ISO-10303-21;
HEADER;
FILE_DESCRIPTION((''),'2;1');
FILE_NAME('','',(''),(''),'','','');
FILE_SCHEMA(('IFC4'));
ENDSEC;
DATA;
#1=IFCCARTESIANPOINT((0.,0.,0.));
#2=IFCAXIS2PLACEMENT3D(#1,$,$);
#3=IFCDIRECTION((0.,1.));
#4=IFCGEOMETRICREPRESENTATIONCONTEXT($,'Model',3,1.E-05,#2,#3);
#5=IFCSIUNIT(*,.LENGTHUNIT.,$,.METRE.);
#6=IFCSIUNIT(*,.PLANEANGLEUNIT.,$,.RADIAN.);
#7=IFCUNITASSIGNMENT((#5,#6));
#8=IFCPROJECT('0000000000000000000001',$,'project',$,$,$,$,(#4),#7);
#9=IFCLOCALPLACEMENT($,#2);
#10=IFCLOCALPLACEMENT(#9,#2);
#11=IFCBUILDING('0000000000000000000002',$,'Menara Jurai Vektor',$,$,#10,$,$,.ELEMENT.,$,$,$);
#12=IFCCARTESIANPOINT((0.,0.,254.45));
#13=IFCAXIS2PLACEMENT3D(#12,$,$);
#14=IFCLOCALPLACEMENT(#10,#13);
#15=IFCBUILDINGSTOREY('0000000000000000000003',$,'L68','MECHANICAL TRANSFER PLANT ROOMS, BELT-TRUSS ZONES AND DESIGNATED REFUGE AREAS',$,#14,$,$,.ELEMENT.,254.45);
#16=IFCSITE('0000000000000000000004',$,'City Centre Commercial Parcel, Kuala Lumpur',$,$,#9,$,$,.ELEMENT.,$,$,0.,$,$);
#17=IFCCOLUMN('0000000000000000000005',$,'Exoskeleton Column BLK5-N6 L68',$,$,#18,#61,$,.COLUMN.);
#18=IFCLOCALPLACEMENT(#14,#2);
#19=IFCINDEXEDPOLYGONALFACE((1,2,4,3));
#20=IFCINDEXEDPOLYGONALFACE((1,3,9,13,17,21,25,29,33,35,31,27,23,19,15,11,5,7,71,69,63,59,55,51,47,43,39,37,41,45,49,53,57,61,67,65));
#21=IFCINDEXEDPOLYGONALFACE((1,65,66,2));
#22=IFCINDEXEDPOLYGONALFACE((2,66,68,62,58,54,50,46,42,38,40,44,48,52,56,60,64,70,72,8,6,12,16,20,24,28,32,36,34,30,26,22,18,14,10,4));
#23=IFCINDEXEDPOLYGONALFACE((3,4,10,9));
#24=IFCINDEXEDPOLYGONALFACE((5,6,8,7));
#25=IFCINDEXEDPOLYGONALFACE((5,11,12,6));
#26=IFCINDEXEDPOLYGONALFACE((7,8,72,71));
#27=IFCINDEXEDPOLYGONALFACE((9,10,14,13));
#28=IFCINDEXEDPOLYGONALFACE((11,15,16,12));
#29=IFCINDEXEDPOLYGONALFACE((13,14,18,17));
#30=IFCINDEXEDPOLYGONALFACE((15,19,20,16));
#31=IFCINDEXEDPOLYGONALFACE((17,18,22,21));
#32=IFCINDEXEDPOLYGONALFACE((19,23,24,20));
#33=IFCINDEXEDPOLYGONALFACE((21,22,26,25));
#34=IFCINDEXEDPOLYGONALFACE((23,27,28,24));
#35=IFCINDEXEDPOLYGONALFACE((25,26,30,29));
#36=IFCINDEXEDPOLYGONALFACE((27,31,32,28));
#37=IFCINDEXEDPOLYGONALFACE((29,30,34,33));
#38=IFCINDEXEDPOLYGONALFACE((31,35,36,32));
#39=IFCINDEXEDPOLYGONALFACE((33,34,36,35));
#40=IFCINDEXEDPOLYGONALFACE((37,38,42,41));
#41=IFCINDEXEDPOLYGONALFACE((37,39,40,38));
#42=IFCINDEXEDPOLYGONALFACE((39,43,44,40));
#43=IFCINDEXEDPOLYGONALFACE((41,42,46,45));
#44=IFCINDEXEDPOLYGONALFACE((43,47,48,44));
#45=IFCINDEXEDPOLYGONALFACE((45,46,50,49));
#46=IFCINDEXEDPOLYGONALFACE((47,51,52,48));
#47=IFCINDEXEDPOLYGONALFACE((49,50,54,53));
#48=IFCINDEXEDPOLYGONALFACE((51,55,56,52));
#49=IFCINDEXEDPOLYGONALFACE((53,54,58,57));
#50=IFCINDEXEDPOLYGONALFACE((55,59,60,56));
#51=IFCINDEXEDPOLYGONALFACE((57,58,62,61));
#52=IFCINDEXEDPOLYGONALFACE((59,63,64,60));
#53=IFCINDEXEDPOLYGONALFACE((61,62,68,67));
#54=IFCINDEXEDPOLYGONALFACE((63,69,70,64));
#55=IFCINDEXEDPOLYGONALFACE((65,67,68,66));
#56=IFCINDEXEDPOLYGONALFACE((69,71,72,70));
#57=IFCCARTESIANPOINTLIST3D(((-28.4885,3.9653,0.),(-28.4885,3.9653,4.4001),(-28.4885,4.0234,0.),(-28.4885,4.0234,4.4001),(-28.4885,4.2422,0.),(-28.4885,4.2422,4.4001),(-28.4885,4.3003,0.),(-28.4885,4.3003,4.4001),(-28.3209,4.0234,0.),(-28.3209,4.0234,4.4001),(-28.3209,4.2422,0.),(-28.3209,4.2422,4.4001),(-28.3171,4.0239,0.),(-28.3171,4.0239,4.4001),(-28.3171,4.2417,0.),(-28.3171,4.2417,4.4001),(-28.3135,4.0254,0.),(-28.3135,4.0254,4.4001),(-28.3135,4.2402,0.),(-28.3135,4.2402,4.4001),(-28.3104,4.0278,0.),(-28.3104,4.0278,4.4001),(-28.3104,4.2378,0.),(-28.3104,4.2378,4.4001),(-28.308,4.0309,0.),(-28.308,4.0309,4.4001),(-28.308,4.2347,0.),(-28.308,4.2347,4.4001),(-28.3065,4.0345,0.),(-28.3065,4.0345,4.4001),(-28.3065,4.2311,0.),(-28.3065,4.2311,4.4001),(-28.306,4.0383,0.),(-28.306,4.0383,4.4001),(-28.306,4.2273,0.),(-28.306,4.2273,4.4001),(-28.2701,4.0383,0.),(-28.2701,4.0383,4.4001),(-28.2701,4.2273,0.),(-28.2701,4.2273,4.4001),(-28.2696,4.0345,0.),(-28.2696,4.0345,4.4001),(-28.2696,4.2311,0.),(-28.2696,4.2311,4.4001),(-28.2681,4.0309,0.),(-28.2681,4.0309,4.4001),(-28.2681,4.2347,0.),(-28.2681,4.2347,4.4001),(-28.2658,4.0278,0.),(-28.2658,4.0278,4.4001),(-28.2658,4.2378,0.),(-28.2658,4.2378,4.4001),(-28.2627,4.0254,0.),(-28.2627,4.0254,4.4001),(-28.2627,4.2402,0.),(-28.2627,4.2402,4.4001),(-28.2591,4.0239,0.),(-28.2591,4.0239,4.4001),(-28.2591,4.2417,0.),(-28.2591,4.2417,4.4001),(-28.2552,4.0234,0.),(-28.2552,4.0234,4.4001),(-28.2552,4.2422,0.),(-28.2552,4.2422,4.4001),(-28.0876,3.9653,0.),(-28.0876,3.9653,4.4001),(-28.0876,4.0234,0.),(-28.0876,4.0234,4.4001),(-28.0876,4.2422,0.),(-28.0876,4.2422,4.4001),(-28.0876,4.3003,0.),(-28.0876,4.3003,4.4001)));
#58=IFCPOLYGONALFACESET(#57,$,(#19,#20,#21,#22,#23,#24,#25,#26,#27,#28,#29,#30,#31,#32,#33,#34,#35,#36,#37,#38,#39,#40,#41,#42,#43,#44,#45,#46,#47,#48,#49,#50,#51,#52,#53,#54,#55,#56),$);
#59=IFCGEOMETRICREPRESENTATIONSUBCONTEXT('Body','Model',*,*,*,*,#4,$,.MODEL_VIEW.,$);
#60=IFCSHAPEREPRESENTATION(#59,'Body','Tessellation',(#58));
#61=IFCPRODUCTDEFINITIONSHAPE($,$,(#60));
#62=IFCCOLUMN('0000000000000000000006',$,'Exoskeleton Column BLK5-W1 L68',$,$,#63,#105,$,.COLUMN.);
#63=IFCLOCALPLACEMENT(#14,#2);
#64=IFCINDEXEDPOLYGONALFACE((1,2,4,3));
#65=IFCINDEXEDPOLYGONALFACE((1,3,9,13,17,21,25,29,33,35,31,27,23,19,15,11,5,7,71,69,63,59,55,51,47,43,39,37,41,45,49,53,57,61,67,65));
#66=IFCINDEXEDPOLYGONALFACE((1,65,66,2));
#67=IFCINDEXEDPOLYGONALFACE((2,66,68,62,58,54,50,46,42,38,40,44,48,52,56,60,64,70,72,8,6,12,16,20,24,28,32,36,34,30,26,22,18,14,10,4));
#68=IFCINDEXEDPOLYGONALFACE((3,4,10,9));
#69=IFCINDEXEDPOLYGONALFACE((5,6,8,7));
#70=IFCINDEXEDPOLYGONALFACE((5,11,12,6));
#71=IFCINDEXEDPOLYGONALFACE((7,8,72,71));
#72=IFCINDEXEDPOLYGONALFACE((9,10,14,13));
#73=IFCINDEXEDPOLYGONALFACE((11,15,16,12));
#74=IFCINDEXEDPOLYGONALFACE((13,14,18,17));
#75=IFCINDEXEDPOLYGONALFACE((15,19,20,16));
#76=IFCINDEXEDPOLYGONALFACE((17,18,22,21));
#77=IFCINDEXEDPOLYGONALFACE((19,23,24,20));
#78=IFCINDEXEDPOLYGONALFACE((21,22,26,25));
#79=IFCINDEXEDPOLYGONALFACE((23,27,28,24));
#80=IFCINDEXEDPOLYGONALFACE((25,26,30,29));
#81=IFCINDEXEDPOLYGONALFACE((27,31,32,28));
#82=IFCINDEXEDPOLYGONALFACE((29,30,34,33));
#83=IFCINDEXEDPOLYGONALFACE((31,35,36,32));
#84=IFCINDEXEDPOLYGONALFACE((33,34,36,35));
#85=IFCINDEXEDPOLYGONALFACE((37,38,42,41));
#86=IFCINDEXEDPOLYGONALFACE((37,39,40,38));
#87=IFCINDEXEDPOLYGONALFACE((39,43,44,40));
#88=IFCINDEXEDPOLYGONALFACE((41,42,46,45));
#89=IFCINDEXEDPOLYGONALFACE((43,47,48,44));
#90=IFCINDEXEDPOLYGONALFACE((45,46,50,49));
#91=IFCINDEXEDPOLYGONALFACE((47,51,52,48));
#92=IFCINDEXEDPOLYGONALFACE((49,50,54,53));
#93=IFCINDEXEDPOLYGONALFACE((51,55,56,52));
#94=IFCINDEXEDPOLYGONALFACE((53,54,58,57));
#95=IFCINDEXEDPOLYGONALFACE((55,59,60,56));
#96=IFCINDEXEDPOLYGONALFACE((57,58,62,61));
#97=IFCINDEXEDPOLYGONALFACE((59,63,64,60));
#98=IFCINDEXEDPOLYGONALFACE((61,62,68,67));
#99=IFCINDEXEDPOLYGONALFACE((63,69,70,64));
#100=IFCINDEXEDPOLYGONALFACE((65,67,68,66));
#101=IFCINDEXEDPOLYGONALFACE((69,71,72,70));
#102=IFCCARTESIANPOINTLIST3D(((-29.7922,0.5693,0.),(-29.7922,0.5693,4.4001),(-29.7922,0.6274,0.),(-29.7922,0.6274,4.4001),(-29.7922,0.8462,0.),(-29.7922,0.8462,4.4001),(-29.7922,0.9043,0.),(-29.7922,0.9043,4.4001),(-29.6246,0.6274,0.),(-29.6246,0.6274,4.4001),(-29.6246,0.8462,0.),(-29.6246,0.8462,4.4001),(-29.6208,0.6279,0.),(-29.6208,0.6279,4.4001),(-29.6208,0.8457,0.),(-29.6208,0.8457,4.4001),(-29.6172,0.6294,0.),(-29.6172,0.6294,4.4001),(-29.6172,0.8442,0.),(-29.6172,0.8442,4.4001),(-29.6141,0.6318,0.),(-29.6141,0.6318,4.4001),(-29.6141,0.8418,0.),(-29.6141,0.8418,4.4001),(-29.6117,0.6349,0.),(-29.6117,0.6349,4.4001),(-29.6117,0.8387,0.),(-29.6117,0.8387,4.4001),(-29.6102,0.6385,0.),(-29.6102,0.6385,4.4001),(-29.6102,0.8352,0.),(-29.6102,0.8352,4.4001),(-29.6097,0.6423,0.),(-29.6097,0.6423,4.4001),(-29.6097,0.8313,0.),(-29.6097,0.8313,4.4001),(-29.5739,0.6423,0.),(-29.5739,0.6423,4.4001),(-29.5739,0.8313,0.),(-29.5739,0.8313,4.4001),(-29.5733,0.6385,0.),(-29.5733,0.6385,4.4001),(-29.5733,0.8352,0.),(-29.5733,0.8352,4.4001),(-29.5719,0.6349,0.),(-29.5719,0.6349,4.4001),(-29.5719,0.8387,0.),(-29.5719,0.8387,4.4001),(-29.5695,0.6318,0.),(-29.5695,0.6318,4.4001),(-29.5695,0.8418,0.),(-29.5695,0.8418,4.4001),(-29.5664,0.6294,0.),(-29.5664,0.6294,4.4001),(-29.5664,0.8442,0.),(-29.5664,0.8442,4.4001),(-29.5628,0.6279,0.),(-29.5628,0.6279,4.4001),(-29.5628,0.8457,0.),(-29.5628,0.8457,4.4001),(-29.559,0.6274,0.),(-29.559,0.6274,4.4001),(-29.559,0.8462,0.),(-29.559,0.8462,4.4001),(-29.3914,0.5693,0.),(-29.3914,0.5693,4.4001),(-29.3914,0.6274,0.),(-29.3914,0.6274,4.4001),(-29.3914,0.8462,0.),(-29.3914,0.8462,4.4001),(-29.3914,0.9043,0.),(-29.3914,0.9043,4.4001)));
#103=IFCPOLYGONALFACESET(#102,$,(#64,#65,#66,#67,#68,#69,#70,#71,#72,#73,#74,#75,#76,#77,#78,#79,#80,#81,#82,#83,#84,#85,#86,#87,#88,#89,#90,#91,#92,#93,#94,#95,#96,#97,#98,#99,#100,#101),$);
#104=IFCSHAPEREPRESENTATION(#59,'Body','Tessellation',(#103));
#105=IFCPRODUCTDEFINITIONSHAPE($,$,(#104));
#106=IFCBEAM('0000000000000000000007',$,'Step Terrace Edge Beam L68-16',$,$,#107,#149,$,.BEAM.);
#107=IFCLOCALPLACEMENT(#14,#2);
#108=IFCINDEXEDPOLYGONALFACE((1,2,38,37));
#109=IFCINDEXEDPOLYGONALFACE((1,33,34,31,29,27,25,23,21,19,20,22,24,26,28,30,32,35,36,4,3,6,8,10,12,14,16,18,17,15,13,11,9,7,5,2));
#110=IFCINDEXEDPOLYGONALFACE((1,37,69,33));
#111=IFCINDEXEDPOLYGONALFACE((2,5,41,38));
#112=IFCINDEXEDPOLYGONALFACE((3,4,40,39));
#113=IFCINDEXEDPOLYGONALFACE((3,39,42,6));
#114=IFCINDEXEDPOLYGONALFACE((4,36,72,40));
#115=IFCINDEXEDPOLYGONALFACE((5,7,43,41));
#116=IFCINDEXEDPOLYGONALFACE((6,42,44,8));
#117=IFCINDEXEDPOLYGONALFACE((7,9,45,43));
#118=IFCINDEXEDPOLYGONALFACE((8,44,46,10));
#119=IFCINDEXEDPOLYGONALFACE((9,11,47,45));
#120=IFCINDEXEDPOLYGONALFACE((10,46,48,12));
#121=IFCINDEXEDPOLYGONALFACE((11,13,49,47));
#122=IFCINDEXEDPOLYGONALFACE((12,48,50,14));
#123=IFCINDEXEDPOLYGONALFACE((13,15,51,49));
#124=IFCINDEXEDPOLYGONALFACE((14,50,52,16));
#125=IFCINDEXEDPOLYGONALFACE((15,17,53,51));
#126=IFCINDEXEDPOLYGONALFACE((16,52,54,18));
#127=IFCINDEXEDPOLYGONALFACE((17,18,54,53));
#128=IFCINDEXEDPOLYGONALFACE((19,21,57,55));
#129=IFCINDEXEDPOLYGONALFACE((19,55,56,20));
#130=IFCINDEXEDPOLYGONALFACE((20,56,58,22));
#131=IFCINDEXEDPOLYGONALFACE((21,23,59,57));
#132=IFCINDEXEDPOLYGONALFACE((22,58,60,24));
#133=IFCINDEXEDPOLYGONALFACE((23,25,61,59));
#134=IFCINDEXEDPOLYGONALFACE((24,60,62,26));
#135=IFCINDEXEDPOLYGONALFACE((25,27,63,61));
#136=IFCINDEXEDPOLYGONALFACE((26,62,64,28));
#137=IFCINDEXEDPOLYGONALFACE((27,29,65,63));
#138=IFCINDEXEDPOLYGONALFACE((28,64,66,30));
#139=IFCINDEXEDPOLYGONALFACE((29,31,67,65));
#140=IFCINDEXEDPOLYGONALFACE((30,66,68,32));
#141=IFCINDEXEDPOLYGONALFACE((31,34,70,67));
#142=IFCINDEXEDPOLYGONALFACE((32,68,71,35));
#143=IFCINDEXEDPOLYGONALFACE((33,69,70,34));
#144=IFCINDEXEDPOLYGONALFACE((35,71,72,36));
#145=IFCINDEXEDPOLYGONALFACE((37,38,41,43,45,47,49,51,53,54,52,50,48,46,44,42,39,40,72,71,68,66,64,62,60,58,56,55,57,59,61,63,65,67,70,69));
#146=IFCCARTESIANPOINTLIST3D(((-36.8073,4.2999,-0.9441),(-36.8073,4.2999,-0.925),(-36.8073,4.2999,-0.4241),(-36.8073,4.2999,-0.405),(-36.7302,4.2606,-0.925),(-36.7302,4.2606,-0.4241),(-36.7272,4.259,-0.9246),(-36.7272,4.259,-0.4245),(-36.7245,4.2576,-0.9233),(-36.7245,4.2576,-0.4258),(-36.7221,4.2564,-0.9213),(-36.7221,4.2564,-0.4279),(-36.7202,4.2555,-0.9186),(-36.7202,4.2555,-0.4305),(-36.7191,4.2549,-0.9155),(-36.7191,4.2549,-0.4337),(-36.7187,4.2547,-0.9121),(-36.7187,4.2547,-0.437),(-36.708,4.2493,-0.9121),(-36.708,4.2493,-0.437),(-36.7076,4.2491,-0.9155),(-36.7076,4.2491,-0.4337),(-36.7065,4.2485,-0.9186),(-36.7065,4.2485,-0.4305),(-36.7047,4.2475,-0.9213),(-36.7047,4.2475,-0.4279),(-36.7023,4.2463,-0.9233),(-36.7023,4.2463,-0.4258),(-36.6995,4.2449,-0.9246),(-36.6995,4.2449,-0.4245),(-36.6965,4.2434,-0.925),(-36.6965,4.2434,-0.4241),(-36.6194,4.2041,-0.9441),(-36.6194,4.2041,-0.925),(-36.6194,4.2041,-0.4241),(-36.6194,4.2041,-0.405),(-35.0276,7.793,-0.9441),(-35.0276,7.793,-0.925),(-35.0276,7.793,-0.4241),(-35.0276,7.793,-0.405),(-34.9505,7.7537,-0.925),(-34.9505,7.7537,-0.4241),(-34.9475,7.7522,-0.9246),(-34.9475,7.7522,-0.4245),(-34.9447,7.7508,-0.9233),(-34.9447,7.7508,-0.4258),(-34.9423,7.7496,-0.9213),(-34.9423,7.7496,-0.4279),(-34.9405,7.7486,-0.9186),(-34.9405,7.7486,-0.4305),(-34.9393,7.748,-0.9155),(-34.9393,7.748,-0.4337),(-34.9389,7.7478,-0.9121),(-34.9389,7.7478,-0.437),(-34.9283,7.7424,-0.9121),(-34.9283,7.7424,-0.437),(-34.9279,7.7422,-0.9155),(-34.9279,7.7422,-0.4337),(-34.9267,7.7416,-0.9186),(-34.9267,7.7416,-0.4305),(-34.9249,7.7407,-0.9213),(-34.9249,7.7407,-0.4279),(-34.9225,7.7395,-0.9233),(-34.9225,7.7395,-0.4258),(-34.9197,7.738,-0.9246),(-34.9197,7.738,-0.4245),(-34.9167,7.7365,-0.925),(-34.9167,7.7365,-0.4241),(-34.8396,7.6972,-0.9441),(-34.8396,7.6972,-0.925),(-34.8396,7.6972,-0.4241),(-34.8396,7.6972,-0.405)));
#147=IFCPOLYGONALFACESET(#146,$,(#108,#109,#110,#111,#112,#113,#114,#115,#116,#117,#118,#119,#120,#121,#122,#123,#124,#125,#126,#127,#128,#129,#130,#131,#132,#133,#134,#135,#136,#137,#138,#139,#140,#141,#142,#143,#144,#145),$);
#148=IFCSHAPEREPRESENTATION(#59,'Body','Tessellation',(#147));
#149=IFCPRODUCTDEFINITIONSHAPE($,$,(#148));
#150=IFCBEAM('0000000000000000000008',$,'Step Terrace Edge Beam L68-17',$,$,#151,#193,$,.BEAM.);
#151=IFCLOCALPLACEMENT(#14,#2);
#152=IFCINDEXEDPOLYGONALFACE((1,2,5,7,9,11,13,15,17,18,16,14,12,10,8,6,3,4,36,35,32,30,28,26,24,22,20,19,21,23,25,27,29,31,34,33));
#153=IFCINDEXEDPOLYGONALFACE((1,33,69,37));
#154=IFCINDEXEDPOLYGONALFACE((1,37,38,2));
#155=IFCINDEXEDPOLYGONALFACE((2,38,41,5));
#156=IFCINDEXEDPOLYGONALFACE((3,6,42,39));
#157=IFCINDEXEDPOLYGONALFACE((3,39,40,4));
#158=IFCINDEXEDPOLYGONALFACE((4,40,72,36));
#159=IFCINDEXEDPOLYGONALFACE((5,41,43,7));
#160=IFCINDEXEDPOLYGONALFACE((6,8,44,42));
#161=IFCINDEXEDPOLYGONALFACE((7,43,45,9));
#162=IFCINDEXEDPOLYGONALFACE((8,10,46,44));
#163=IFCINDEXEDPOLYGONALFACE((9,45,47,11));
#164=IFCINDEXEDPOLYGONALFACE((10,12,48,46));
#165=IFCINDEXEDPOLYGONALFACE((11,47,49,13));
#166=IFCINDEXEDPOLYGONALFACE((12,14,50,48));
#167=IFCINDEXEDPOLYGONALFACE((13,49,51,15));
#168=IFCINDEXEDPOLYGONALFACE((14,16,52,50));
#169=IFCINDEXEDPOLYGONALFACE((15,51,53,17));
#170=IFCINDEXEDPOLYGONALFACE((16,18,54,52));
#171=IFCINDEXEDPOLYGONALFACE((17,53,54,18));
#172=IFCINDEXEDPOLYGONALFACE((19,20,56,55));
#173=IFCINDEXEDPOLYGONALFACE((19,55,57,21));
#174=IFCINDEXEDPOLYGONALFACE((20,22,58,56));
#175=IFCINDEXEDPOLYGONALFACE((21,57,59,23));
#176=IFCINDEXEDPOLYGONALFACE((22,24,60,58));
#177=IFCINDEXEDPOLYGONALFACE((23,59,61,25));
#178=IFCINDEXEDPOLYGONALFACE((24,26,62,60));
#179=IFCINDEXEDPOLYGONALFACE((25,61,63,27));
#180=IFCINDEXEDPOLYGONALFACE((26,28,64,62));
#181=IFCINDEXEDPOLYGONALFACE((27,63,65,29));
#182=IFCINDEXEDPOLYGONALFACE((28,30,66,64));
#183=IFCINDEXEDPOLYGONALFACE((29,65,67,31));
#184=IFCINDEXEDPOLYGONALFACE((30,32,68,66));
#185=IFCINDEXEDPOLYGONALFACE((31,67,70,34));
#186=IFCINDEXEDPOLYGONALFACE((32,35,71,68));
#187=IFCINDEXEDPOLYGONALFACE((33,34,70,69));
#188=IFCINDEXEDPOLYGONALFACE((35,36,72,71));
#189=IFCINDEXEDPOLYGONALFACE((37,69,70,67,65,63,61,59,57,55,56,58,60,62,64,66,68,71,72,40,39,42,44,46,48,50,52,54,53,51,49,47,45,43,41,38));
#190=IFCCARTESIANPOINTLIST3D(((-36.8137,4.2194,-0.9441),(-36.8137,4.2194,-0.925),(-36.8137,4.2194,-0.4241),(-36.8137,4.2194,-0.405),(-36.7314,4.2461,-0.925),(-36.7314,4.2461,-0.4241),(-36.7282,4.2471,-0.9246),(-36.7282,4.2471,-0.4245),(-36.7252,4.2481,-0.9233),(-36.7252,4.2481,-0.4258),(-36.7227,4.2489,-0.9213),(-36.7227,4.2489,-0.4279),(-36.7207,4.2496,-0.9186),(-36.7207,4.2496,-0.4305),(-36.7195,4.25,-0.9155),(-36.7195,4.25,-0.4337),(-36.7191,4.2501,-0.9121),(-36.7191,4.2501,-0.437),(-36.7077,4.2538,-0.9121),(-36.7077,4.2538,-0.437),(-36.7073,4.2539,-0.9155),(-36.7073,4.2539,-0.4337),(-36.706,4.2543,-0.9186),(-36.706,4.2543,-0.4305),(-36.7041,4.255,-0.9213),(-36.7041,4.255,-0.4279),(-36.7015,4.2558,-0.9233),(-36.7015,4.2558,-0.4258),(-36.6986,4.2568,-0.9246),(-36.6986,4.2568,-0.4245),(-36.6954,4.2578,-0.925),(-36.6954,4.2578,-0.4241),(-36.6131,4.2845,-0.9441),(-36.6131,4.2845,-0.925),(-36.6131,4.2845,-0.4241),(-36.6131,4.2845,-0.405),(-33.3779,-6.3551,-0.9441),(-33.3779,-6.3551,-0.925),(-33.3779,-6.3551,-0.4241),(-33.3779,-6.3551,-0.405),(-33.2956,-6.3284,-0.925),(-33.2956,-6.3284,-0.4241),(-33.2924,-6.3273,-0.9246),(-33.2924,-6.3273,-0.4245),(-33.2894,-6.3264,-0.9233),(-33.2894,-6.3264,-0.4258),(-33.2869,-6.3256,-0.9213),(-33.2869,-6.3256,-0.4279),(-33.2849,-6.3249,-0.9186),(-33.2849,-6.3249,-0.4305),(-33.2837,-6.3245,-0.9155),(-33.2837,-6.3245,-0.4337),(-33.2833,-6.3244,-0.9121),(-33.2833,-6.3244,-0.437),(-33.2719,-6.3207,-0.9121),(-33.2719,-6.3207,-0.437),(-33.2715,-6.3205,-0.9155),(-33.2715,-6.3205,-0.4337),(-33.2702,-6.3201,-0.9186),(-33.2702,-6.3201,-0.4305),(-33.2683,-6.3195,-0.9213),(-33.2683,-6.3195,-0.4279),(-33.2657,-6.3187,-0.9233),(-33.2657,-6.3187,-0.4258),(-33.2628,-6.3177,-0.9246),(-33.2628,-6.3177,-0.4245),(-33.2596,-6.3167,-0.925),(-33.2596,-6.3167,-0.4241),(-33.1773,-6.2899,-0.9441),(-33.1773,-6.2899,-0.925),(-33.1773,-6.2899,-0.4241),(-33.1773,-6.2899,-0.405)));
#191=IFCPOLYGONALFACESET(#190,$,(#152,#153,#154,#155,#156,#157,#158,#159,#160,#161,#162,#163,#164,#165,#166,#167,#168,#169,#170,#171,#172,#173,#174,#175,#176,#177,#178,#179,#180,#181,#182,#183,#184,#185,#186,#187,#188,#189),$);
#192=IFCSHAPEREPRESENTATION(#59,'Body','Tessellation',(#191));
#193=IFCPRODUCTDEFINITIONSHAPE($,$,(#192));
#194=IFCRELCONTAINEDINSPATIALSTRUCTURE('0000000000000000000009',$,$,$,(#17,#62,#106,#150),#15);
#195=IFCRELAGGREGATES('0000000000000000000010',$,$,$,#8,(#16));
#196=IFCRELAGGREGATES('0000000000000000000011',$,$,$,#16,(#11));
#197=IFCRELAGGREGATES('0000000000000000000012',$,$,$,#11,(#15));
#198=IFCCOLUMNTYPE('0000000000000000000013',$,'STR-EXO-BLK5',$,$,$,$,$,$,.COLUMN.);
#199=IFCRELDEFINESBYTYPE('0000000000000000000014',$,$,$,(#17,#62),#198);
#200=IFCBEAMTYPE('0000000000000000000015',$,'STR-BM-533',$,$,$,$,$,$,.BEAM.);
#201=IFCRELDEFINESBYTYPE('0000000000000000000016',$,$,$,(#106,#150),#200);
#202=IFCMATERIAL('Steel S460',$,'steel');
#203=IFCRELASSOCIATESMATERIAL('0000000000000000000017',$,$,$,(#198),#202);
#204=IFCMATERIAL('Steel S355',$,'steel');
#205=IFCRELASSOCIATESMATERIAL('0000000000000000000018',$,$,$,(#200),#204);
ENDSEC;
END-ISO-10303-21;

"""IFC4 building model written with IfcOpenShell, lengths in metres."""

from ifc_helpers import new_model, si_unit, direction, frame, origin, origin_2d, place, context, subcontext, project, spatial, i_section, extrude, material, material_profile, profile_set, type_object, element, save


model = new_model("IFC4")

# Units and contexts
model_context = context("Model", 3, precision=1e-05, world=origin(), true_north=direction((0.0, 1.0)))
body_context = subcontext(model_context, "Body", "Model", "MODEL_VIEW")
ifc_project = project(units=[si_unit("LENGTHUNIT", "METRE"), si_unit("PLANEANGLEUNIT", "RADIAN")], contexts=[model_context])

# Site, building, storey
site_placement = place(None, origin())
site = spatial("IfcSite", under=ifc_project, at=site_placement, Name="City Centre Commercial Parcel, Kuala Lumpur", CompositionType="ELEMENT", RefElevation=0.0)
building_placement = place(site_placement, origin())
building = spatial("IfcBuilding", under=site, at=building_placement, Name="Menara Jurai Vektor", CompositionType="ELEMENT")
storey_placement = place(building_placement, frame((0.0, 0.0, 254.45)))
storey = spatial("IfcBuildingStorey", under=building, at=storey_placement, Name="L68", Description="MECHANICAL TRANSFER PLANT ROOMS, BELT-TRUSS ZONES AND DESIGNATED REFUGE AREAS", CompositionType="ELEMENT", Elevation=254.45)

# Columns
ifc_material_1 = material(Name="Steel S460", Category="steel")
ifc_material_profile_1 = material_profile(ifc_material_1, i_section(OverallWidth=0.4009, OverallDepth=0.335, WebThickness=0.0359, FlangeThickness=0.0581, FilletRadius=0.0149, at=origin_2d()), Name="HD 400x463")
ifc_profile_set_1 = profile_set([ifc_material_profile_1], Name="Steel S460")
column_type = type_object("IfcColumnType", Name="STR-EXO-BLK5", PredefinedType="COLUMN", material=ifc_profile_set_1)
for number, where, z_axis, x_axis, name in (
    (1, (-28.2881, 4.1328, 0.0), (0.0, 0.0, 1.0), (1.0, 0.0, 0.0), "Exoskeleton Column BLK5-N6 L68"),
    (2, (-29.5918, 0.7368, 0.0), (0.0, 0.0, 1.0), (1.0, 0.0, 0.0), "Exoskeleton Column BLK5-W1 L68"),
):
    element("IfcColumn", number, at=place(storey_placement, frame(where, z_axis=z_axis, x_axis=x_axis)), inside=storey, type_object=column_type, Name=name, PredefinedType="COLUMN", context=body_context, shape_type="SweptSolid", body=[
        extrude(i_section(OverallWidth=0.4009, OverallDepth=0.335, WebThickness=0.0359, FlangeThickness=0.0581, FilletRadius=0.0149, at=origin_2d()), origin(), (0.0, 0.0, 1.0), 4.4001),
    ])

# Beams
ifc_material_2 = material(Name="Steel S355", Category="steel")
ifc_material_profile_2 = material_profile(ifc_material_2, i_section(OverallWidth=0.2109, OverallDepth=0.5391, WebThickness=0.012, FlangeThickness=0.019, FilletRadius=0.0129, at=origin_2d()), Name="UKB 533x210x109")
ifc_profile_set_2 = profile_set([ifc_material_profile_2], Name="Steel S355")
beam_type_1 = type_object("IfcBeamType", Name="STR-BM-533", PredefinedType="BEAM", material=ifc_profile_set_2)
beam_1_placement = place(storey_placement, frame((-34.9336, 7.7451, -0.6746), z_axis=(-0.453976, -0.891014, 0.0), x_axis=(0.891014, -0.453976, 0.0)))
element("IfcBeam", 3, at=beam_1_placement, inside=storey, type_object=beam_type_1, Name="Step Terrace Edge Beam L68-16", PredefinedType="BEAM", context=body_context, shape_type="SweptSolid", body=[
    extrude(i_section(OverallWidth=0.2109, OverallDepth=0.5391, WebThickness=0.012, FlangeThickness=0.019, FilletRadius=0.0129, at=origin_2d()), origin(), (0.0, 0.0, 1.0), 3.9204),
])
beam_2_placement = place(storey_placement, frame((-36.7134, 4.252, -0.6746), z_axis=(0.309012, -0.951058, 0.0), x_axis=(0.951058, 0.309012, 0.0)))
element("IfcBeam", 4, at=beam_2_placement, inside=storey, type_object=beam_type_1, Name="Step Terrace Edge Beam L68-17", PredefinedType="BEAM", context=body_context, shape_type="SweptSolid", body=[
    extrude(i_section(OverallWidth=0.2109, OverallDepth=0.5391, WebThickness=0.012, FlangeThickness=0.019, FilletRadius=0.0129, at=origin_2d()), origin(), (0.0, 0.0, 1.0), 11.1187),
])

save(model, "model.ifc")
